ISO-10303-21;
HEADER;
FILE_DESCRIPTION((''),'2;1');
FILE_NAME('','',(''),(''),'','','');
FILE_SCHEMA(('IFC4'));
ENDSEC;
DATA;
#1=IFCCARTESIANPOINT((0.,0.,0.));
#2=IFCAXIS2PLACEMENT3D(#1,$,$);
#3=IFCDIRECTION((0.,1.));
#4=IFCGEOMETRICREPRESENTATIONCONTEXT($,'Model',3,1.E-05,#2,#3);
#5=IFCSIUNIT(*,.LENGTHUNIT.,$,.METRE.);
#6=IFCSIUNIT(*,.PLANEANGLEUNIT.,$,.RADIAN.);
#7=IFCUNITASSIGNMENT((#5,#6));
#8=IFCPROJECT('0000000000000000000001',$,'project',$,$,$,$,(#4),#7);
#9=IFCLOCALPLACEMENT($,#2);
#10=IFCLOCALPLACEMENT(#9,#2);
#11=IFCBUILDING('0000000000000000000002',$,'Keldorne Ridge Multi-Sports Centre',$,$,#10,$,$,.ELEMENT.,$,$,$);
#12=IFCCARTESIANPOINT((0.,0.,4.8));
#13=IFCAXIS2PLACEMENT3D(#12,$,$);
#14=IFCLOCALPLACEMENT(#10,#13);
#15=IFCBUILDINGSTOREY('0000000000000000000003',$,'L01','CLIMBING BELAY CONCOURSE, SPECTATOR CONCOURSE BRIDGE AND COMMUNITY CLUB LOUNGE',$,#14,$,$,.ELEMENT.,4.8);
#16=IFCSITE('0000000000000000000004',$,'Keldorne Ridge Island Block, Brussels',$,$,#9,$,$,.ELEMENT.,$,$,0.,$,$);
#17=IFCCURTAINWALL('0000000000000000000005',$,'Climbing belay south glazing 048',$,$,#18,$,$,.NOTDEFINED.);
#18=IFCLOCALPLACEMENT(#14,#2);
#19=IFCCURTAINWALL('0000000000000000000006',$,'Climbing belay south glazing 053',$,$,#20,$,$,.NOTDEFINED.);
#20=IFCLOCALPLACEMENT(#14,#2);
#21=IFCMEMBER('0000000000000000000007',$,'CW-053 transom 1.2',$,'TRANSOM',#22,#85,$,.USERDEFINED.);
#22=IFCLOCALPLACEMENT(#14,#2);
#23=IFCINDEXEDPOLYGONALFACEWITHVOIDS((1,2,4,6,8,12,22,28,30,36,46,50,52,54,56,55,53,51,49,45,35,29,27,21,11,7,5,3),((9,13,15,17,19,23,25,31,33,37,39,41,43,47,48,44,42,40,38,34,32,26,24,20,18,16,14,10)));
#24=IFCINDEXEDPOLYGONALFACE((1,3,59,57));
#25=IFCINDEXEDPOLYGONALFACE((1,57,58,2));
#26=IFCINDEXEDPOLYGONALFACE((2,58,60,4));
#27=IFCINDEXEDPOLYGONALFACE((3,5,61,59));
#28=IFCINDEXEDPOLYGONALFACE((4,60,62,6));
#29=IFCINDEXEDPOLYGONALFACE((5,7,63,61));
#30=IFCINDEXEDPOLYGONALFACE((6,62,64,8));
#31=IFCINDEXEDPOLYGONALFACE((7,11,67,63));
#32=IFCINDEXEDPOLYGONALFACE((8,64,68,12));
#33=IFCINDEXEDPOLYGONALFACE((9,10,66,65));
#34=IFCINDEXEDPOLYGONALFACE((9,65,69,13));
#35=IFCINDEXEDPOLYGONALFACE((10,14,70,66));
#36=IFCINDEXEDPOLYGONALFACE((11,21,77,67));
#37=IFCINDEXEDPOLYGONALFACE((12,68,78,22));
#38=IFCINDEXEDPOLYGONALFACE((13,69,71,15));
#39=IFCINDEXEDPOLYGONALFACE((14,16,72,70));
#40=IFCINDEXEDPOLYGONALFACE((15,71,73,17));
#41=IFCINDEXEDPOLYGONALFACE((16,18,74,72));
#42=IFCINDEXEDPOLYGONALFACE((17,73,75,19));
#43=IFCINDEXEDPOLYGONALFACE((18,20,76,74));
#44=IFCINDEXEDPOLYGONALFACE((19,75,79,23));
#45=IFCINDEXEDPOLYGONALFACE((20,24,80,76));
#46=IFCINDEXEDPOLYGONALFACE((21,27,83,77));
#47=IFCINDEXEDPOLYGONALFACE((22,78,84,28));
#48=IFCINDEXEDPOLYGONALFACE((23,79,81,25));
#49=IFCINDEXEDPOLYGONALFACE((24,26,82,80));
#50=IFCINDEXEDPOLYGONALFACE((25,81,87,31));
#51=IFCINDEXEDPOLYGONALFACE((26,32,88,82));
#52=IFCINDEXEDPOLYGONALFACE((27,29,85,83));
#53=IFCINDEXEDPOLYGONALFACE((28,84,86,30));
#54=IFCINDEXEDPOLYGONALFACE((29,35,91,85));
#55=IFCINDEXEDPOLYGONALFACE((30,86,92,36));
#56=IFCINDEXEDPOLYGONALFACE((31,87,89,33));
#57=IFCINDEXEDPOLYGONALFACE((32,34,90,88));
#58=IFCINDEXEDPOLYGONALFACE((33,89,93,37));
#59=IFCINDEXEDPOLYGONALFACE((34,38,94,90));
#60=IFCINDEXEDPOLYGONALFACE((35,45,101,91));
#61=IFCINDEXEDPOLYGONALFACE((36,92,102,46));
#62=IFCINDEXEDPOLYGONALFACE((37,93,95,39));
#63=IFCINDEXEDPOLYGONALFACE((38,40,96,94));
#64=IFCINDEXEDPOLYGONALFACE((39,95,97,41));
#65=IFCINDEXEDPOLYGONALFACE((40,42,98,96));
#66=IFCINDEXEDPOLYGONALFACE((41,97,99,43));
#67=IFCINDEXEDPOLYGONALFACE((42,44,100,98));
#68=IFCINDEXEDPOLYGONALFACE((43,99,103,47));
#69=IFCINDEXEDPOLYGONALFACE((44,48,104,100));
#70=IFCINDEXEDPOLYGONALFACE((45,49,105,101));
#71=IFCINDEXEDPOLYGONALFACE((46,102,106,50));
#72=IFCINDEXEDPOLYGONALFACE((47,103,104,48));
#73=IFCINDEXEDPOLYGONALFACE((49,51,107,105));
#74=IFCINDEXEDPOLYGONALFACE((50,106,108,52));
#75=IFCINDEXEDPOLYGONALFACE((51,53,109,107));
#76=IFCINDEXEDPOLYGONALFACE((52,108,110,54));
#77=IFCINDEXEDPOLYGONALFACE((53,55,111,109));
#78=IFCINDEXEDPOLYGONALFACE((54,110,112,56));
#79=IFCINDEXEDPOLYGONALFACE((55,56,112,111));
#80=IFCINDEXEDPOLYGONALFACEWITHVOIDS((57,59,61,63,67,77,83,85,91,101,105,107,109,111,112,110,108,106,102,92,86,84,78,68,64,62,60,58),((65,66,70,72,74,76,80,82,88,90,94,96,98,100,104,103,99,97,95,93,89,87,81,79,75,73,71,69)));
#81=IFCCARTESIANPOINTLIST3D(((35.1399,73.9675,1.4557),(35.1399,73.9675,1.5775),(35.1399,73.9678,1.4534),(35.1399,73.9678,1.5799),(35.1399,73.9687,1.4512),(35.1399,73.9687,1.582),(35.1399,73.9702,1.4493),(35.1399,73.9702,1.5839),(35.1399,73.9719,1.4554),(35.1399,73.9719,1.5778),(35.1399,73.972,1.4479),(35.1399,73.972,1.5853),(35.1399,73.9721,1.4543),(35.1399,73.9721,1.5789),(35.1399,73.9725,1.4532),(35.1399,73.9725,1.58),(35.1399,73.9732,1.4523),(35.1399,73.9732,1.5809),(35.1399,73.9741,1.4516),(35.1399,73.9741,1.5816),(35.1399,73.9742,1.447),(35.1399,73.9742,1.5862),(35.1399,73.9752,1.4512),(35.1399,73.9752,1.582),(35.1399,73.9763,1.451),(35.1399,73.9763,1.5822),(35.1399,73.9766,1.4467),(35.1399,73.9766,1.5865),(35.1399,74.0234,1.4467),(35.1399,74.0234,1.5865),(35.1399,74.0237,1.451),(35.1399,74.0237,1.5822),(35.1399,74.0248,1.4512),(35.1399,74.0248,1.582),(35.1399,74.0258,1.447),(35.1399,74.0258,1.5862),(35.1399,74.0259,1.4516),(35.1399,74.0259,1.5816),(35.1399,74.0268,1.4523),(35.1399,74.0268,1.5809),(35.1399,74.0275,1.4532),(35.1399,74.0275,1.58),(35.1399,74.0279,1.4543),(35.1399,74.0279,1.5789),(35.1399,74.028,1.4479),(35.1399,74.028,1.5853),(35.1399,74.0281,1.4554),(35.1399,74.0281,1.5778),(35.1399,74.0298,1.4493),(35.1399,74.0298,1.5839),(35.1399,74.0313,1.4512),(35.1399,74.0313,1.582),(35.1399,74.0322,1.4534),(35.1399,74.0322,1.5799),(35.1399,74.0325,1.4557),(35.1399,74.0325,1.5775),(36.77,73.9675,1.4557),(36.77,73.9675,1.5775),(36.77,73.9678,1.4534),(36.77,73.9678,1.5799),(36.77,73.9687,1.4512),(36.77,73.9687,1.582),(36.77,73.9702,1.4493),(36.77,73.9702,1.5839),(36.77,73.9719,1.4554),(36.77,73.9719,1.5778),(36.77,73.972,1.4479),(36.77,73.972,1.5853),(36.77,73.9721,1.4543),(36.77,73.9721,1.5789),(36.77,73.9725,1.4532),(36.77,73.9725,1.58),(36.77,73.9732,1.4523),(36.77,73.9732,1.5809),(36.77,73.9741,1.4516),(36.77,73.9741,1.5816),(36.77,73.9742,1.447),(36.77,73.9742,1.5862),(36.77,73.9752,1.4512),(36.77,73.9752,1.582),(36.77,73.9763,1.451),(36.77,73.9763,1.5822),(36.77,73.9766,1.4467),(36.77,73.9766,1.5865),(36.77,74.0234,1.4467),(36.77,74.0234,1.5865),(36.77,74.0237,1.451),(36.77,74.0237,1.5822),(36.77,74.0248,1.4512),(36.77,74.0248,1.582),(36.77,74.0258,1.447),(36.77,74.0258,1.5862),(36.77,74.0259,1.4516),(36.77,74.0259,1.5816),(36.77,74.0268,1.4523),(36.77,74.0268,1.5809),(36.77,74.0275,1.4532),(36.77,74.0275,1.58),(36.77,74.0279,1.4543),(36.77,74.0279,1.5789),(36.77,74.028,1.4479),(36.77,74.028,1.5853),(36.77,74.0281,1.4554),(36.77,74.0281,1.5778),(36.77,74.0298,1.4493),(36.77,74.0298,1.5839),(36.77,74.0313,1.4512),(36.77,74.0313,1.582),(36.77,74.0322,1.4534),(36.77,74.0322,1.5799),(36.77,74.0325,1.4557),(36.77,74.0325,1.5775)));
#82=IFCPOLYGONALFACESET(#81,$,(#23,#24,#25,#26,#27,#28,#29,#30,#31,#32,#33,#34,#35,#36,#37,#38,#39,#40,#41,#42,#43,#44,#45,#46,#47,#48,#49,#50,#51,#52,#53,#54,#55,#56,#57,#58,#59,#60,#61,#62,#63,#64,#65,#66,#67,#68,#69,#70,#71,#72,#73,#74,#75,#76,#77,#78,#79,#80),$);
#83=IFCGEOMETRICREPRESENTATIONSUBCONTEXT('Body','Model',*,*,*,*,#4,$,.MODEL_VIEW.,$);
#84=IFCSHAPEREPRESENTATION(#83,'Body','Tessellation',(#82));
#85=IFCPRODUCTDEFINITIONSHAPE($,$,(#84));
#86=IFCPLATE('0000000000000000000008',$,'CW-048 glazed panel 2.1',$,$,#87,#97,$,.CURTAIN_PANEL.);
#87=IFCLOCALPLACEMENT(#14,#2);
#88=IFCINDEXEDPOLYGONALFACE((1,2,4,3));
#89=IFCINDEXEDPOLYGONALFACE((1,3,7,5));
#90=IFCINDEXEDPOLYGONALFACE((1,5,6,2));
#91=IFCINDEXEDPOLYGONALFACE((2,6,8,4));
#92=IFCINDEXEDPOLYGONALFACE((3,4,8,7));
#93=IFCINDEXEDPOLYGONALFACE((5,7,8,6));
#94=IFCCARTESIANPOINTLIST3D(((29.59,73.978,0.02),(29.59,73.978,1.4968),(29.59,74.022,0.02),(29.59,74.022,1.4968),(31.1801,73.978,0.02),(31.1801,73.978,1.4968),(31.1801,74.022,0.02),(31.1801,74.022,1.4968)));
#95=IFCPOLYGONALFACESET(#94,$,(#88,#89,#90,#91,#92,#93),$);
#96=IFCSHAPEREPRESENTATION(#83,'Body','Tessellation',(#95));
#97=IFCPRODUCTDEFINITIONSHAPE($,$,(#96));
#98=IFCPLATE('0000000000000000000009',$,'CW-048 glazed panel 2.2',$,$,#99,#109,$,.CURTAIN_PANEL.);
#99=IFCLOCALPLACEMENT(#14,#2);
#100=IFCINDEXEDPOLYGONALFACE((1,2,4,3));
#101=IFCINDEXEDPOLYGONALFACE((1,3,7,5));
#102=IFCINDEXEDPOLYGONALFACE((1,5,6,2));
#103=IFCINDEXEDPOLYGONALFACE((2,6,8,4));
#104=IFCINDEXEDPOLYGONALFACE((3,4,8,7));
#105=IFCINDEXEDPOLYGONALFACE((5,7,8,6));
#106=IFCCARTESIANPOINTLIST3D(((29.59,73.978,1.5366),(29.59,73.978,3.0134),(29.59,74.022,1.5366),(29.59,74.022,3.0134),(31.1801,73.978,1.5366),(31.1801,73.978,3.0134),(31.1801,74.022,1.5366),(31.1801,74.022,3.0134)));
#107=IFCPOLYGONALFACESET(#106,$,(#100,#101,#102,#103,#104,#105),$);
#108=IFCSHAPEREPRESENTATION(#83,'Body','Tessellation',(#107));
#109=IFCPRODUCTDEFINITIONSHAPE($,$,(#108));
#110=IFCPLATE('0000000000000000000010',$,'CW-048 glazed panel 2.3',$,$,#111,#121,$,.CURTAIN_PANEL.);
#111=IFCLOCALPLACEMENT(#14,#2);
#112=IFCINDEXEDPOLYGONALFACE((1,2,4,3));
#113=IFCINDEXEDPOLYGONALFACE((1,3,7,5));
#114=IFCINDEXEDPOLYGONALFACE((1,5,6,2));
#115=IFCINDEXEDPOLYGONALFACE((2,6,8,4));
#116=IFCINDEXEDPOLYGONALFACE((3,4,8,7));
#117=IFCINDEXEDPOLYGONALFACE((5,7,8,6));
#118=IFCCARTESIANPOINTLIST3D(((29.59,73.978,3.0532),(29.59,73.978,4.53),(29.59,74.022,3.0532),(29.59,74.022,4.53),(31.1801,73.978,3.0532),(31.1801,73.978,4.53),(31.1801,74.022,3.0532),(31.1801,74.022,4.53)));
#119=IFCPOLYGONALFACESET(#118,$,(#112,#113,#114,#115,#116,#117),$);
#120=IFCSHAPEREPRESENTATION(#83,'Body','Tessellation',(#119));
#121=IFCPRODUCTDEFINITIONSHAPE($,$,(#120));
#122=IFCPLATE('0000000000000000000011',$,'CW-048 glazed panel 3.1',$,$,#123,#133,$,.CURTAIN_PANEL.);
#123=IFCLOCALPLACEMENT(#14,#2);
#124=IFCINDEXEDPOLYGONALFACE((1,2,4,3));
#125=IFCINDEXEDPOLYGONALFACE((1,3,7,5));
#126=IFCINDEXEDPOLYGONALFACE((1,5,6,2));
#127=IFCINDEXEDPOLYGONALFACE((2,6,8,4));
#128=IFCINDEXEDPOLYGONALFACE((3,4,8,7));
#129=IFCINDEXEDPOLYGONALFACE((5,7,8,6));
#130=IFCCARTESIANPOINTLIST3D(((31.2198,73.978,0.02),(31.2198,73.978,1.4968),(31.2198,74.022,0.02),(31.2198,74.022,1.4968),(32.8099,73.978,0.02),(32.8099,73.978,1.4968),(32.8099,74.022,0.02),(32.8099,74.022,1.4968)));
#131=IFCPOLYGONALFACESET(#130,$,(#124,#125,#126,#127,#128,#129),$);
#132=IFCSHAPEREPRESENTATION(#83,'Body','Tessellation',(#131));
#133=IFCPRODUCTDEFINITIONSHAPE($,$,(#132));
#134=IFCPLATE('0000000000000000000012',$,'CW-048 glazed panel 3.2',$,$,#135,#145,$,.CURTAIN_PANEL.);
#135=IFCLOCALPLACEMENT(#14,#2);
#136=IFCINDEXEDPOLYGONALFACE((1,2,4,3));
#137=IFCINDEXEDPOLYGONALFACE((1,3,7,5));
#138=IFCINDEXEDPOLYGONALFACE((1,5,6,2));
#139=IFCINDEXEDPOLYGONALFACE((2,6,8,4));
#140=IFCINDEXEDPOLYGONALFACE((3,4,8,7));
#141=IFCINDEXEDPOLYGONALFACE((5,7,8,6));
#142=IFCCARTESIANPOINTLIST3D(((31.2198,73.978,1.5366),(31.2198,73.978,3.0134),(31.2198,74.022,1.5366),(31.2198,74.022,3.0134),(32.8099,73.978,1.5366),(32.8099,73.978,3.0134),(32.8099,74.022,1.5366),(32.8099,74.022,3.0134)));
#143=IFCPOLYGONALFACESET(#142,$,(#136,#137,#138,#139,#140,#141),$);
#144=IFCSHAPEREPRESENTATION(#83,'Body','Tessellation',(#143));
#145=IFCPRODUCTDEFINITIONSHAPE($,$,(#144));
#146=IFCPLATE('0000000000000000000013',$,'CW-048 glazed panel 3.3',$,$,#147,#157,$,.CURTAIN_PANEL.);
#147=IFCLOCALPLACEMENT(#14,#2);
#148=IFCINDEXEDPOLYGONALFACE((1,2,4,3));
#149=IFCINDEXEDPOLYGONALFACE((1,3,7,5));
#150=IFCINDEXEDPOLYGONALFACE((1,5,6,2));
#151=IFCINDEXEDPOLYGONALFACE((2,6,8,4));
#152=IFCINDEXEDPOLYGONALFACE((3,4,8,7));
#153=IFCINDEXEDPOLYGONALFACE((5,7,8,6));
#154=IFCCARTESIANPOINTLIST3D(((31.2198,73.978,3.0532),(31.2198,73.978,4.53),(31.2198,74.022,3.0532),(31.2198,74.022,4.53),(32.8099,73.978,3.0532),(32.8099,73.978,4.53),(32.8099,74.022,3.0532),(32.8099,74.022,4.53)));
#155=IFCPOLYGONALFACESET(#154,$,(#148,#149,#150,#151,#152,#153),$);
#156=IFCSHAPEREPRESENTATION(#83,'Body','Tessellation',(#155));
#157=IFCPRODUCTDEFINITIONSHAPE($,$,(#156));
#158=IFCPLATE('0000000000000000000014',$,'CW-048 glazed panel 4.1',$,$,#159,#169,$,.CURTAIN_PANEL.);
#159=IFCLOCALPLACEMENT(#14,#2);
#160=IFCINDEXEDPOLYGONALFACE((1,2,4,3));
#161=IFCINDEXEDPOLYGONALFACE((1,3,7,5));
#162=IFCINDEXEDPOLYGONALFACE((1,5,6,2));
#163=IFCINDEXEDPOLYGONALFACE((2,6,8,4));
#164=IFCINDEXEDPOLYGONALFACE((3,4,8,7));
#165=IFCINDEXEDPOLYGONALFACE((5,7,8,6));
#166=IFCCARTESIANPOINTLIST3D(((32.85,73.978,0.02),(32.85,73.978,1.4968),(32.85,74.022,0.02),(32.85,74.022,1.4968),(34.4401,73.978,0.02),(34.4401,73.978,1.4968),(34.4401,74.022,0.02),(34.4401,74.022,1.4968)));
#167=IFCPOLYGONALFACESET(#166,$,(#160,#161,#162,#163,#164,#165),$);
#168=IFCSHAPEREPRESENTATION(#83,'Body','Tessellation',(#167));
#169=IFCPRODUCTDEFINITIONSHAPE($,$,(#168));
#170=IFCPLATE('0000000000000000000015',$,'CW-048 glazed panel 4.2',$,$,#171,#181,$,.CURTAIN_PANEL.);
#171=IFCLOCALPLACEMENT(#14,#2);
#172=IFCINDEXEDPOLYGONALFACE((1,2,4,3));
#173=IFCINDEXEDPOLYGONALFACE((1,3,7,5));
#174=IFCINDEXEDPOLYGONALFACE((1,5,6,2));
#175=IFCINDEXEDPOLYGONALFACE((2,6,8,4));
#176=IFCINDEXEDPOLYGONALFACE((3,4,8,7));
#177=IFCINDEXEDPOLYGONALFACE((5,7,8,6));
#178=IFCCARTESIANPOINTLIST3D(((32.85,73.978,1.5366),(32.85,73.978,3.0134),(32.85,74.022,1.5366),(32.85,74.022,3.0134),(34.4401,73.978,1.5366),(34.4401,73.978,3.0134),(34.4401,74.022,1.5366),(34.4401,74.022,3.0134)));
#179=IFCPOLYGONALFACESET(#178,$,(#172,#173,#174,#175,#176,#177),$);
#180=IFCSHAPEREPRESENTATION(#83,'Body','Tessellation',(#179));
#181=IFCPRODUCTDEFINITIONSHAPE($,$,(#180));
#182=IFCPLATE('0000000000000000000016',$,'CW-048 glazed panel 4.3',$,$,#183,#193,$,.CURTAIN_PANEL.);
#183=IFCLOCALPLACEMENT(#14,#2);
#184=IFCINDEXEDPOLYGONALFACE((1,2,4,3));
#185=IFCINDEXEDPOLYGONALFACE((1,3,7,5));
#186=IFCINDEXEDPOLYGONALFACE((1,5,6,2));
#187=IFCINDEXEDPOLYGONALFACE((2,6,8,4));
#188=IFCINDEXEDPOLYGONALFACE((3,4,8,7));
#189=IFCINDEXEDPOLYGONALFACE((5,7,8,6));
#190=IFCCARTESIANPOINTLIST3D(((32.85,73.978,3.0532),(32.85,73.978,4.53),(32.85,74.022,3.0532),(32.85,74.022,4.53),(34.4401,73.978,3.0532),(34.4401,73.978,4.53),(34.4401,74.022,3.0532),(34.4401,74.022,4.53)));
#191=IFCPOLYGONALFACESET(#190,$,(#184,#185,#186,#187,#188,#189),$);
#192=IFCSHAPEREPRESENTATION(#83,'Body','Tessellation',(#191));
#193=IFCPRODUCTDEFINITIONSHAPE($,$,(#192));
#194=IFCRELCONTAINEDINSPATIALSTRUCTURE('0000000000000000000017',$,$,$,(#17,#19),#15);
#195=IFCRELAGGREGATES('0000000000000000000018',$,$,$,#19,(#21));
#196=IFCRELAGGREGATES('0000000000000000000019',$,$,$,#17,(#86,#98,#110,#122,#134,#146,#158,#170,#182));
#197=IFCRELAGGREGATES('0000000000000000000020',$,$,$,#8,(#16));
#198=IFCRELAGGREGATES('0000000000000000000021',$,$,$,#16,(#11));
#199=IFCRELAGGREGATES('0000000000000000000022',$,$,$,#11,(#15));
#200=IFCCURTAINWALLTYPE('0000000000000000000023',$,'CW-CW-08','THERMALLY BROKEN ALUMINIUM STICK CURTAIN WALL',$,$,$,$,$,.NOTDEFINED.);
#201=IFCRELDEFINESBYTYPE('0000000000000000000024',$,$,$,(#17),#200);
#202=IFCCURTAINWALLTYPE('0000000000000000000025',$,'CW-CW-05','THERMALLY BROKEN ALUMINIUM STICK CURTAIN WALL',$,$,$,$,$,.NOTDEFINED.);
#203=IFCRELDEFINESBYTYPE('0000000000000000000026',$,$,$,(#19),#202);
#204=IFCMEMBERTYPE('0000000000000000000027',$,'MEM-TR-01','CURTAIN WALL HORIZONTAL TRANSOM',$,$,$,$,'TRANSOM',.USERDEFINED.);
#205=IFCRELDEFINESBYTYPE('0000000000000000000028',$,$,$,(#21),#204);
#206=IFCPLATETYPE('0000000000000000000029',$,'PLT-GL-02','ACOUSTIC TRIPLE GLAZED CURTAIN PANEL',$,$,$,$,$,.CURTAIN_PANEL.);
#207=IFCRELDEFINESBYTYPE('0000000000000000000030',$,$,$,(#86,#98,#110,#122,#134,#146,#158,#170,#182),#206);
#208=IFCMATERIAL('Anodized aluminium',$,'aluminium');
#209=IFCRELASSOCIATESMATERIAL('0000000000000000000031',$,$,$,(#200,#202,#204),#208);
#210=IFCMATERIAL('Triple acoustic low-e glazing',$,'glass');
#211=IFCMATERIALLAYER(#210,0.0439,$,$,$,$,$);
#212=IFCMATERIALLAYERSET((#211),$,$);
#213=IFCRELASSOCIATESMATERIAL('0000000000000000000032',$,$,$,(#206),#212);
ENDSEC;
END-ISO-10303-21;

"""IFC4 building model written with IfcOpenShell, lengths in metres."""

from ifc_helpers import new_model, si_unit, direction, frame, origin, origin_2d, place, context, subcontext, project, spatial, rectangle, hollow_rectangle, extrude, material, layer, layer_set, material_profile, profile_set, type_object, element, aggregate, save


model = new_model("IFC4")

# Units and contexts
model_context = context("Model", 3, precision=1e-05, world=origin(), true_north=direction((0.0, 1.0)))
body_context = subcontext(model_context, "Body", "Model", "MODEL_VIEW")
ifc_project = project(units=[si_unit("LENGTHUNIT", "METRE"), si_unit("PLANEANGLEUNIT", "RADIAN")], contexts=[model_context])

# Site, building, storey
site_placement = place(None, origin())
site = spatial("IfcSite", under=ifc_project, at=site_placement, Name="Keldorne Ridge Island Block, Brussels", CompositionType="ELEMENT", RefElevation=0.0)
building_placement = place(site_placement, origin())
building = spatial("IfcBuilding", under=site, at=building_placement, Name="Keldorne Ridge Multi-Sports Centre", CompositionType="ELEMENT")
storey_placement = place(building_placement, frame((0.0, 0.0, 4.8)))
storey = spatial("IfcBuildingStorey", under=building, at=storey_placement, Name="L01", Description="CLIMBING BELAY CONCOURSE, SPECTATOR CONCOURSE BRIDGE AND COMMUNITY CLUB LOUNGE", CompositionType="ELEMENT", Elevation=4.8)

# Curtain wall
ifc_material_1 = material(Name="Anodized aluminium", Category="aluminium")
curtain_wall_type_1 = type_object("IfcCurtainWallType", Name="CW-CW-08", Description="THERMALLY BROKEN ALUMINIUM STICK CURTAIN WALL", PredefinedType="NOTDEFINED", material=ifc_material_1)
curtain_wall_1_placement = place(storey_placement, origin())
curtain_wall_1 = element("IfcCurtainWall", 1, at=curtain_wall_1_placement, inside=storey, type_object=curtain_wall_type_1, Name="Climbing belay south glazing 048", PredefinedType="NOTDEFINED")

# Curtain wall
curtain_wall_type_2 = type_object("IfcCurtainWallType", Name="CW-CW-05", Description="THERMALLY BROKEN ALUMINIUM STICK CURTAIN WALL", PredefinedType="NOTDEFINED", material=ifc_material_1)
curtain_wall_2_placement = place(storey_placement, origin())
curtain_wall_2 = element("IfcCurtainWall", 2, at=curtain_wall_2_placement, inside=storey, type_object=curtain_wall_type_2, Name="Climbing belay south glazing 053", PredefinedType="NOTDEFINED")

# Member
ifc_material_profile_1 = material_profile(ifc_material_1, hollow_rectangle(XDim=0.0649, YDim=0.1399, WallThickness=0.0044, InnerFilletRadius=0.0044, OuterFilletRadius=0.009, at=origin_2d()), Name="ALU TRANSOM 140x65x4.5")
ifc_profile_set_1 = profile_set([ifc_material_profile_1], Name="Anodized aluminium")
member_type_1 = type_object("IfcMemberType", Name="MEM-TR-01", Description="CURTAIN WALL HORIZONTAL TRANSOM", ElementType="TRANSOM", PredefinedType="USERDEFINED", material=ifc_profile_set_1)
member_1_placement = place(storey_placement, frame((35.1399, 74.0, 1.5166), z_axis=(1.0, 0.0, 0.0), x_axis=(0.0, 1.0, 0.0)))
member_1 = element("IfcMember", 3, at=member_1_placement, type_object=member_type_1, Name="CW-053 transom 1.2", ObjectType="TRANSOM", PredefinedType="USERDEFINED", context=body_context, shape_type="SweptSolid", body=[
    extrude(hollow_rectangle(XDim=0.0649, YDim=0.1399, WallThickness=0.0044, InnerFilletRadius=0.0044, OuterFilletRadius=0.009, at=origin_2d()), origin(), (0.0, 0.0, 1.0), 1.6301),
])
aggregate(curtain_wall_2, [member_1])

# Plates
ifc_material_2 = material(Name="Triple acoustic low-e glazing", Category="glass")
ifc_layer_1 = layer(ifc_material_2, 0.0439)
ifc_layer_set_1 = layer_set([ifc_layer_1])
plate_type = type_object("IfcPlateType", Name="PLT-GL-02", Description="ACOUSTIC TRIPLE GLAZED CURTAIN PANEL", PredefinedType="CURTAIN_PANEL", material=ifc_layer_set_1)
plate_1_placement = place(storey_placement, frame((30.385, 74.0, 0.02), z_axis=(0.0, 0.0, 1.0), x_axis=(1.0, 0.0, 0.0)))
plate_1 = element("IfcPlate", 4, at=plate_1_placement, type_object=plate_type, Name="CW-048 glazed panel 2.1", PredefinedType="CURTAIN_PANEL", context=body_context, shape_type="SweptSolid", body=[
    extrude(rectangle(XDim=1.5901, YDim=0.0439, at=origin_2d()), origin(), (0.0, 0.0, 1.0), 1.4768),
])
plate_2_placement = place(storey_placement, frame((30.385, 74.0, 1.5366), z_axis=(0.0, 0.0, 1.0), x_axis=(1.0, 0.0, 0.0)))
plate_2 = element("IfcPlate", 5, at=plate_2_placement, type_object=plate_type, Name="CW-048 glazed panel 2.2", PredefinedType="CURTAIN_PANEL", context=body_context, shape_type="SweptSolid", body=[
    extrude(rectangle(XDim=1.5901, YDim=0.0439, at=origin_2d()), origin(), (0.0, 0.0, 1.0), 1.4768),
])
plate_3_placement = place(storey_placement, frame((30.385, 74.0, 3.0532), z_axis=(0.0, 0.0, 1.0), x_axis=(1.0, 0.0, 0.0)))
plate_3 = element("IfcPlate", 6, at=plate_3_placement, type_object=plate_type, Name="CW-048 glazed panel 2.3", PredefinedType="CURTAIN_PANEL", context=body_context, shape_type="SweptSolid", body=[
    extrude(rectangle(XDim=1.5901, YDim=0.0439, at=origin_2d()), origin(), (0.0, 0.0, 1.0), 1.4768),
])
plate_4_placement = place(storey_placement, frame((32.0149, 74.0, 0.02), z_axis=(0.0, 0.0, 1.0), x_axis=(1.0, 0.0, 0.0)))
plate_4 = element("IfcPlate", 7, at=plate_4_placement, type_object=plate_type, Name="CW-048 glazed panel 3.1", PredefinedType="CURTAIN_PANEL", context=body_context, shape_type="SweptSolid", body=[
    extrude(rectangle(XDim=1.5901, YDim=0.0439, at=origin_2d()), origin(), (0.0, 0.0, 1.0), 1.4768),
])
plate_5_placement = place(storey_placement, frame((32.0149, 74.0, 1.5366), z_axis=(0.0, 0.0, 1.0), x_axis=(1.0, 0.0, 0.0)))
plate_5 = element("IfcPlate", 8, at=plate_5_placement, type_object=plate_type, Name="CW-048 glazed panel 3.2", PredefinedType="CURTAIN_PANEL", context=body_context, shape_type="SweptSolid", body=[
    extrude(rectangle(XDim=1.5901, YDim=0.0439, at=origin_2d()), origin(), (0.0, 0.0, 1.0), 1.4768),
])
plate_6_placement = place(storey_placement, frame((32.0149, 74.0, 3.0532), z_axis=(0.0, 0.0, 1.0), x_axis=(1.0, 0.0, 0.0)))
plate_6 = element("IfcPlate", 9, at=plate_6_placement, type_object=plate_type, Name="CW-048 glazed panel 3.3", PredefinedType="CURTAIN_PANEL", context=body_context, shape_type="SweptSolid", body=[
    extrude(rectangle(XDim=1.5901, YDim=0.0439, at=origin_2d()), origin(), (0.0, 0.0, 1.0), 1.4768),
])
plate_7_placement = place(storey_placement, frame((33.645, 74.0, 0.02), z_axis=(0.0, 0.0, 1.0), x_axis=(1.0, 0.0, 0.0)))
plate_7 = element("IfcPlate", 10, at=plate_7_placement, type_object=plate_type, Name="CW-048 glazed panel 4.1", PredefinedType="CURTAIN_PANEL", context=body_context, shape_type="SweptSolid", body=[
    extrude(rectangle(XDim=1.5901, YDim=0.0439, at=origin_2d()), origin(), (0.0, 0.0, 1.0), 1.4768),
])
plate_8_placement = place(storey_placement, frame((33.645, 74.0, 1.5366), z_axis=(0.0, 0.0, 1.0), x_axis=(1.0, 0.0, 0.0)))
plate_8 = element("IfcPlate", 11, at=plate_8_placement, type_object=plate_type, Name="CW-048 glazed panel 4.2", PredefinedType="CURTAIN_PANEL", context=body_context, shape_type="SweptSolid", body=[
    extrude(rectangle(XDim=1.5901, YDim=0.0439, at=origin_2d()), origin(), (0.0, 0.0, 1.0), 1.4768),
])
plate_9_placement = place(storey_placement, frame((33.645, 74.0, 3.0532), z_axis=(0.0, 0.0, 1.0), x_axis=(1.0, 0.0, 0.0)))
plate_9 = element("IfcPlate", 12, at=plate_9_placement, type_object=plate_type, Name="CW-048 glazed panel 4.3", PredefinedType="CURTAIN_PANEL", context=body_context, shape_type="SweptSolid", body=[
    extrude(rectangle(XDim=1.5901, YDim=0.0439, at=origin_2d()), origin(), (0.0, 0.0, 1.0), 1.4768),
])
aggregate(curtain_wall_1, [plate_1, plate_2, plate_3, plate_4, plate_5, plate_6, plate_7, plate_8, plate_9])

save(model, "model.ifc")
